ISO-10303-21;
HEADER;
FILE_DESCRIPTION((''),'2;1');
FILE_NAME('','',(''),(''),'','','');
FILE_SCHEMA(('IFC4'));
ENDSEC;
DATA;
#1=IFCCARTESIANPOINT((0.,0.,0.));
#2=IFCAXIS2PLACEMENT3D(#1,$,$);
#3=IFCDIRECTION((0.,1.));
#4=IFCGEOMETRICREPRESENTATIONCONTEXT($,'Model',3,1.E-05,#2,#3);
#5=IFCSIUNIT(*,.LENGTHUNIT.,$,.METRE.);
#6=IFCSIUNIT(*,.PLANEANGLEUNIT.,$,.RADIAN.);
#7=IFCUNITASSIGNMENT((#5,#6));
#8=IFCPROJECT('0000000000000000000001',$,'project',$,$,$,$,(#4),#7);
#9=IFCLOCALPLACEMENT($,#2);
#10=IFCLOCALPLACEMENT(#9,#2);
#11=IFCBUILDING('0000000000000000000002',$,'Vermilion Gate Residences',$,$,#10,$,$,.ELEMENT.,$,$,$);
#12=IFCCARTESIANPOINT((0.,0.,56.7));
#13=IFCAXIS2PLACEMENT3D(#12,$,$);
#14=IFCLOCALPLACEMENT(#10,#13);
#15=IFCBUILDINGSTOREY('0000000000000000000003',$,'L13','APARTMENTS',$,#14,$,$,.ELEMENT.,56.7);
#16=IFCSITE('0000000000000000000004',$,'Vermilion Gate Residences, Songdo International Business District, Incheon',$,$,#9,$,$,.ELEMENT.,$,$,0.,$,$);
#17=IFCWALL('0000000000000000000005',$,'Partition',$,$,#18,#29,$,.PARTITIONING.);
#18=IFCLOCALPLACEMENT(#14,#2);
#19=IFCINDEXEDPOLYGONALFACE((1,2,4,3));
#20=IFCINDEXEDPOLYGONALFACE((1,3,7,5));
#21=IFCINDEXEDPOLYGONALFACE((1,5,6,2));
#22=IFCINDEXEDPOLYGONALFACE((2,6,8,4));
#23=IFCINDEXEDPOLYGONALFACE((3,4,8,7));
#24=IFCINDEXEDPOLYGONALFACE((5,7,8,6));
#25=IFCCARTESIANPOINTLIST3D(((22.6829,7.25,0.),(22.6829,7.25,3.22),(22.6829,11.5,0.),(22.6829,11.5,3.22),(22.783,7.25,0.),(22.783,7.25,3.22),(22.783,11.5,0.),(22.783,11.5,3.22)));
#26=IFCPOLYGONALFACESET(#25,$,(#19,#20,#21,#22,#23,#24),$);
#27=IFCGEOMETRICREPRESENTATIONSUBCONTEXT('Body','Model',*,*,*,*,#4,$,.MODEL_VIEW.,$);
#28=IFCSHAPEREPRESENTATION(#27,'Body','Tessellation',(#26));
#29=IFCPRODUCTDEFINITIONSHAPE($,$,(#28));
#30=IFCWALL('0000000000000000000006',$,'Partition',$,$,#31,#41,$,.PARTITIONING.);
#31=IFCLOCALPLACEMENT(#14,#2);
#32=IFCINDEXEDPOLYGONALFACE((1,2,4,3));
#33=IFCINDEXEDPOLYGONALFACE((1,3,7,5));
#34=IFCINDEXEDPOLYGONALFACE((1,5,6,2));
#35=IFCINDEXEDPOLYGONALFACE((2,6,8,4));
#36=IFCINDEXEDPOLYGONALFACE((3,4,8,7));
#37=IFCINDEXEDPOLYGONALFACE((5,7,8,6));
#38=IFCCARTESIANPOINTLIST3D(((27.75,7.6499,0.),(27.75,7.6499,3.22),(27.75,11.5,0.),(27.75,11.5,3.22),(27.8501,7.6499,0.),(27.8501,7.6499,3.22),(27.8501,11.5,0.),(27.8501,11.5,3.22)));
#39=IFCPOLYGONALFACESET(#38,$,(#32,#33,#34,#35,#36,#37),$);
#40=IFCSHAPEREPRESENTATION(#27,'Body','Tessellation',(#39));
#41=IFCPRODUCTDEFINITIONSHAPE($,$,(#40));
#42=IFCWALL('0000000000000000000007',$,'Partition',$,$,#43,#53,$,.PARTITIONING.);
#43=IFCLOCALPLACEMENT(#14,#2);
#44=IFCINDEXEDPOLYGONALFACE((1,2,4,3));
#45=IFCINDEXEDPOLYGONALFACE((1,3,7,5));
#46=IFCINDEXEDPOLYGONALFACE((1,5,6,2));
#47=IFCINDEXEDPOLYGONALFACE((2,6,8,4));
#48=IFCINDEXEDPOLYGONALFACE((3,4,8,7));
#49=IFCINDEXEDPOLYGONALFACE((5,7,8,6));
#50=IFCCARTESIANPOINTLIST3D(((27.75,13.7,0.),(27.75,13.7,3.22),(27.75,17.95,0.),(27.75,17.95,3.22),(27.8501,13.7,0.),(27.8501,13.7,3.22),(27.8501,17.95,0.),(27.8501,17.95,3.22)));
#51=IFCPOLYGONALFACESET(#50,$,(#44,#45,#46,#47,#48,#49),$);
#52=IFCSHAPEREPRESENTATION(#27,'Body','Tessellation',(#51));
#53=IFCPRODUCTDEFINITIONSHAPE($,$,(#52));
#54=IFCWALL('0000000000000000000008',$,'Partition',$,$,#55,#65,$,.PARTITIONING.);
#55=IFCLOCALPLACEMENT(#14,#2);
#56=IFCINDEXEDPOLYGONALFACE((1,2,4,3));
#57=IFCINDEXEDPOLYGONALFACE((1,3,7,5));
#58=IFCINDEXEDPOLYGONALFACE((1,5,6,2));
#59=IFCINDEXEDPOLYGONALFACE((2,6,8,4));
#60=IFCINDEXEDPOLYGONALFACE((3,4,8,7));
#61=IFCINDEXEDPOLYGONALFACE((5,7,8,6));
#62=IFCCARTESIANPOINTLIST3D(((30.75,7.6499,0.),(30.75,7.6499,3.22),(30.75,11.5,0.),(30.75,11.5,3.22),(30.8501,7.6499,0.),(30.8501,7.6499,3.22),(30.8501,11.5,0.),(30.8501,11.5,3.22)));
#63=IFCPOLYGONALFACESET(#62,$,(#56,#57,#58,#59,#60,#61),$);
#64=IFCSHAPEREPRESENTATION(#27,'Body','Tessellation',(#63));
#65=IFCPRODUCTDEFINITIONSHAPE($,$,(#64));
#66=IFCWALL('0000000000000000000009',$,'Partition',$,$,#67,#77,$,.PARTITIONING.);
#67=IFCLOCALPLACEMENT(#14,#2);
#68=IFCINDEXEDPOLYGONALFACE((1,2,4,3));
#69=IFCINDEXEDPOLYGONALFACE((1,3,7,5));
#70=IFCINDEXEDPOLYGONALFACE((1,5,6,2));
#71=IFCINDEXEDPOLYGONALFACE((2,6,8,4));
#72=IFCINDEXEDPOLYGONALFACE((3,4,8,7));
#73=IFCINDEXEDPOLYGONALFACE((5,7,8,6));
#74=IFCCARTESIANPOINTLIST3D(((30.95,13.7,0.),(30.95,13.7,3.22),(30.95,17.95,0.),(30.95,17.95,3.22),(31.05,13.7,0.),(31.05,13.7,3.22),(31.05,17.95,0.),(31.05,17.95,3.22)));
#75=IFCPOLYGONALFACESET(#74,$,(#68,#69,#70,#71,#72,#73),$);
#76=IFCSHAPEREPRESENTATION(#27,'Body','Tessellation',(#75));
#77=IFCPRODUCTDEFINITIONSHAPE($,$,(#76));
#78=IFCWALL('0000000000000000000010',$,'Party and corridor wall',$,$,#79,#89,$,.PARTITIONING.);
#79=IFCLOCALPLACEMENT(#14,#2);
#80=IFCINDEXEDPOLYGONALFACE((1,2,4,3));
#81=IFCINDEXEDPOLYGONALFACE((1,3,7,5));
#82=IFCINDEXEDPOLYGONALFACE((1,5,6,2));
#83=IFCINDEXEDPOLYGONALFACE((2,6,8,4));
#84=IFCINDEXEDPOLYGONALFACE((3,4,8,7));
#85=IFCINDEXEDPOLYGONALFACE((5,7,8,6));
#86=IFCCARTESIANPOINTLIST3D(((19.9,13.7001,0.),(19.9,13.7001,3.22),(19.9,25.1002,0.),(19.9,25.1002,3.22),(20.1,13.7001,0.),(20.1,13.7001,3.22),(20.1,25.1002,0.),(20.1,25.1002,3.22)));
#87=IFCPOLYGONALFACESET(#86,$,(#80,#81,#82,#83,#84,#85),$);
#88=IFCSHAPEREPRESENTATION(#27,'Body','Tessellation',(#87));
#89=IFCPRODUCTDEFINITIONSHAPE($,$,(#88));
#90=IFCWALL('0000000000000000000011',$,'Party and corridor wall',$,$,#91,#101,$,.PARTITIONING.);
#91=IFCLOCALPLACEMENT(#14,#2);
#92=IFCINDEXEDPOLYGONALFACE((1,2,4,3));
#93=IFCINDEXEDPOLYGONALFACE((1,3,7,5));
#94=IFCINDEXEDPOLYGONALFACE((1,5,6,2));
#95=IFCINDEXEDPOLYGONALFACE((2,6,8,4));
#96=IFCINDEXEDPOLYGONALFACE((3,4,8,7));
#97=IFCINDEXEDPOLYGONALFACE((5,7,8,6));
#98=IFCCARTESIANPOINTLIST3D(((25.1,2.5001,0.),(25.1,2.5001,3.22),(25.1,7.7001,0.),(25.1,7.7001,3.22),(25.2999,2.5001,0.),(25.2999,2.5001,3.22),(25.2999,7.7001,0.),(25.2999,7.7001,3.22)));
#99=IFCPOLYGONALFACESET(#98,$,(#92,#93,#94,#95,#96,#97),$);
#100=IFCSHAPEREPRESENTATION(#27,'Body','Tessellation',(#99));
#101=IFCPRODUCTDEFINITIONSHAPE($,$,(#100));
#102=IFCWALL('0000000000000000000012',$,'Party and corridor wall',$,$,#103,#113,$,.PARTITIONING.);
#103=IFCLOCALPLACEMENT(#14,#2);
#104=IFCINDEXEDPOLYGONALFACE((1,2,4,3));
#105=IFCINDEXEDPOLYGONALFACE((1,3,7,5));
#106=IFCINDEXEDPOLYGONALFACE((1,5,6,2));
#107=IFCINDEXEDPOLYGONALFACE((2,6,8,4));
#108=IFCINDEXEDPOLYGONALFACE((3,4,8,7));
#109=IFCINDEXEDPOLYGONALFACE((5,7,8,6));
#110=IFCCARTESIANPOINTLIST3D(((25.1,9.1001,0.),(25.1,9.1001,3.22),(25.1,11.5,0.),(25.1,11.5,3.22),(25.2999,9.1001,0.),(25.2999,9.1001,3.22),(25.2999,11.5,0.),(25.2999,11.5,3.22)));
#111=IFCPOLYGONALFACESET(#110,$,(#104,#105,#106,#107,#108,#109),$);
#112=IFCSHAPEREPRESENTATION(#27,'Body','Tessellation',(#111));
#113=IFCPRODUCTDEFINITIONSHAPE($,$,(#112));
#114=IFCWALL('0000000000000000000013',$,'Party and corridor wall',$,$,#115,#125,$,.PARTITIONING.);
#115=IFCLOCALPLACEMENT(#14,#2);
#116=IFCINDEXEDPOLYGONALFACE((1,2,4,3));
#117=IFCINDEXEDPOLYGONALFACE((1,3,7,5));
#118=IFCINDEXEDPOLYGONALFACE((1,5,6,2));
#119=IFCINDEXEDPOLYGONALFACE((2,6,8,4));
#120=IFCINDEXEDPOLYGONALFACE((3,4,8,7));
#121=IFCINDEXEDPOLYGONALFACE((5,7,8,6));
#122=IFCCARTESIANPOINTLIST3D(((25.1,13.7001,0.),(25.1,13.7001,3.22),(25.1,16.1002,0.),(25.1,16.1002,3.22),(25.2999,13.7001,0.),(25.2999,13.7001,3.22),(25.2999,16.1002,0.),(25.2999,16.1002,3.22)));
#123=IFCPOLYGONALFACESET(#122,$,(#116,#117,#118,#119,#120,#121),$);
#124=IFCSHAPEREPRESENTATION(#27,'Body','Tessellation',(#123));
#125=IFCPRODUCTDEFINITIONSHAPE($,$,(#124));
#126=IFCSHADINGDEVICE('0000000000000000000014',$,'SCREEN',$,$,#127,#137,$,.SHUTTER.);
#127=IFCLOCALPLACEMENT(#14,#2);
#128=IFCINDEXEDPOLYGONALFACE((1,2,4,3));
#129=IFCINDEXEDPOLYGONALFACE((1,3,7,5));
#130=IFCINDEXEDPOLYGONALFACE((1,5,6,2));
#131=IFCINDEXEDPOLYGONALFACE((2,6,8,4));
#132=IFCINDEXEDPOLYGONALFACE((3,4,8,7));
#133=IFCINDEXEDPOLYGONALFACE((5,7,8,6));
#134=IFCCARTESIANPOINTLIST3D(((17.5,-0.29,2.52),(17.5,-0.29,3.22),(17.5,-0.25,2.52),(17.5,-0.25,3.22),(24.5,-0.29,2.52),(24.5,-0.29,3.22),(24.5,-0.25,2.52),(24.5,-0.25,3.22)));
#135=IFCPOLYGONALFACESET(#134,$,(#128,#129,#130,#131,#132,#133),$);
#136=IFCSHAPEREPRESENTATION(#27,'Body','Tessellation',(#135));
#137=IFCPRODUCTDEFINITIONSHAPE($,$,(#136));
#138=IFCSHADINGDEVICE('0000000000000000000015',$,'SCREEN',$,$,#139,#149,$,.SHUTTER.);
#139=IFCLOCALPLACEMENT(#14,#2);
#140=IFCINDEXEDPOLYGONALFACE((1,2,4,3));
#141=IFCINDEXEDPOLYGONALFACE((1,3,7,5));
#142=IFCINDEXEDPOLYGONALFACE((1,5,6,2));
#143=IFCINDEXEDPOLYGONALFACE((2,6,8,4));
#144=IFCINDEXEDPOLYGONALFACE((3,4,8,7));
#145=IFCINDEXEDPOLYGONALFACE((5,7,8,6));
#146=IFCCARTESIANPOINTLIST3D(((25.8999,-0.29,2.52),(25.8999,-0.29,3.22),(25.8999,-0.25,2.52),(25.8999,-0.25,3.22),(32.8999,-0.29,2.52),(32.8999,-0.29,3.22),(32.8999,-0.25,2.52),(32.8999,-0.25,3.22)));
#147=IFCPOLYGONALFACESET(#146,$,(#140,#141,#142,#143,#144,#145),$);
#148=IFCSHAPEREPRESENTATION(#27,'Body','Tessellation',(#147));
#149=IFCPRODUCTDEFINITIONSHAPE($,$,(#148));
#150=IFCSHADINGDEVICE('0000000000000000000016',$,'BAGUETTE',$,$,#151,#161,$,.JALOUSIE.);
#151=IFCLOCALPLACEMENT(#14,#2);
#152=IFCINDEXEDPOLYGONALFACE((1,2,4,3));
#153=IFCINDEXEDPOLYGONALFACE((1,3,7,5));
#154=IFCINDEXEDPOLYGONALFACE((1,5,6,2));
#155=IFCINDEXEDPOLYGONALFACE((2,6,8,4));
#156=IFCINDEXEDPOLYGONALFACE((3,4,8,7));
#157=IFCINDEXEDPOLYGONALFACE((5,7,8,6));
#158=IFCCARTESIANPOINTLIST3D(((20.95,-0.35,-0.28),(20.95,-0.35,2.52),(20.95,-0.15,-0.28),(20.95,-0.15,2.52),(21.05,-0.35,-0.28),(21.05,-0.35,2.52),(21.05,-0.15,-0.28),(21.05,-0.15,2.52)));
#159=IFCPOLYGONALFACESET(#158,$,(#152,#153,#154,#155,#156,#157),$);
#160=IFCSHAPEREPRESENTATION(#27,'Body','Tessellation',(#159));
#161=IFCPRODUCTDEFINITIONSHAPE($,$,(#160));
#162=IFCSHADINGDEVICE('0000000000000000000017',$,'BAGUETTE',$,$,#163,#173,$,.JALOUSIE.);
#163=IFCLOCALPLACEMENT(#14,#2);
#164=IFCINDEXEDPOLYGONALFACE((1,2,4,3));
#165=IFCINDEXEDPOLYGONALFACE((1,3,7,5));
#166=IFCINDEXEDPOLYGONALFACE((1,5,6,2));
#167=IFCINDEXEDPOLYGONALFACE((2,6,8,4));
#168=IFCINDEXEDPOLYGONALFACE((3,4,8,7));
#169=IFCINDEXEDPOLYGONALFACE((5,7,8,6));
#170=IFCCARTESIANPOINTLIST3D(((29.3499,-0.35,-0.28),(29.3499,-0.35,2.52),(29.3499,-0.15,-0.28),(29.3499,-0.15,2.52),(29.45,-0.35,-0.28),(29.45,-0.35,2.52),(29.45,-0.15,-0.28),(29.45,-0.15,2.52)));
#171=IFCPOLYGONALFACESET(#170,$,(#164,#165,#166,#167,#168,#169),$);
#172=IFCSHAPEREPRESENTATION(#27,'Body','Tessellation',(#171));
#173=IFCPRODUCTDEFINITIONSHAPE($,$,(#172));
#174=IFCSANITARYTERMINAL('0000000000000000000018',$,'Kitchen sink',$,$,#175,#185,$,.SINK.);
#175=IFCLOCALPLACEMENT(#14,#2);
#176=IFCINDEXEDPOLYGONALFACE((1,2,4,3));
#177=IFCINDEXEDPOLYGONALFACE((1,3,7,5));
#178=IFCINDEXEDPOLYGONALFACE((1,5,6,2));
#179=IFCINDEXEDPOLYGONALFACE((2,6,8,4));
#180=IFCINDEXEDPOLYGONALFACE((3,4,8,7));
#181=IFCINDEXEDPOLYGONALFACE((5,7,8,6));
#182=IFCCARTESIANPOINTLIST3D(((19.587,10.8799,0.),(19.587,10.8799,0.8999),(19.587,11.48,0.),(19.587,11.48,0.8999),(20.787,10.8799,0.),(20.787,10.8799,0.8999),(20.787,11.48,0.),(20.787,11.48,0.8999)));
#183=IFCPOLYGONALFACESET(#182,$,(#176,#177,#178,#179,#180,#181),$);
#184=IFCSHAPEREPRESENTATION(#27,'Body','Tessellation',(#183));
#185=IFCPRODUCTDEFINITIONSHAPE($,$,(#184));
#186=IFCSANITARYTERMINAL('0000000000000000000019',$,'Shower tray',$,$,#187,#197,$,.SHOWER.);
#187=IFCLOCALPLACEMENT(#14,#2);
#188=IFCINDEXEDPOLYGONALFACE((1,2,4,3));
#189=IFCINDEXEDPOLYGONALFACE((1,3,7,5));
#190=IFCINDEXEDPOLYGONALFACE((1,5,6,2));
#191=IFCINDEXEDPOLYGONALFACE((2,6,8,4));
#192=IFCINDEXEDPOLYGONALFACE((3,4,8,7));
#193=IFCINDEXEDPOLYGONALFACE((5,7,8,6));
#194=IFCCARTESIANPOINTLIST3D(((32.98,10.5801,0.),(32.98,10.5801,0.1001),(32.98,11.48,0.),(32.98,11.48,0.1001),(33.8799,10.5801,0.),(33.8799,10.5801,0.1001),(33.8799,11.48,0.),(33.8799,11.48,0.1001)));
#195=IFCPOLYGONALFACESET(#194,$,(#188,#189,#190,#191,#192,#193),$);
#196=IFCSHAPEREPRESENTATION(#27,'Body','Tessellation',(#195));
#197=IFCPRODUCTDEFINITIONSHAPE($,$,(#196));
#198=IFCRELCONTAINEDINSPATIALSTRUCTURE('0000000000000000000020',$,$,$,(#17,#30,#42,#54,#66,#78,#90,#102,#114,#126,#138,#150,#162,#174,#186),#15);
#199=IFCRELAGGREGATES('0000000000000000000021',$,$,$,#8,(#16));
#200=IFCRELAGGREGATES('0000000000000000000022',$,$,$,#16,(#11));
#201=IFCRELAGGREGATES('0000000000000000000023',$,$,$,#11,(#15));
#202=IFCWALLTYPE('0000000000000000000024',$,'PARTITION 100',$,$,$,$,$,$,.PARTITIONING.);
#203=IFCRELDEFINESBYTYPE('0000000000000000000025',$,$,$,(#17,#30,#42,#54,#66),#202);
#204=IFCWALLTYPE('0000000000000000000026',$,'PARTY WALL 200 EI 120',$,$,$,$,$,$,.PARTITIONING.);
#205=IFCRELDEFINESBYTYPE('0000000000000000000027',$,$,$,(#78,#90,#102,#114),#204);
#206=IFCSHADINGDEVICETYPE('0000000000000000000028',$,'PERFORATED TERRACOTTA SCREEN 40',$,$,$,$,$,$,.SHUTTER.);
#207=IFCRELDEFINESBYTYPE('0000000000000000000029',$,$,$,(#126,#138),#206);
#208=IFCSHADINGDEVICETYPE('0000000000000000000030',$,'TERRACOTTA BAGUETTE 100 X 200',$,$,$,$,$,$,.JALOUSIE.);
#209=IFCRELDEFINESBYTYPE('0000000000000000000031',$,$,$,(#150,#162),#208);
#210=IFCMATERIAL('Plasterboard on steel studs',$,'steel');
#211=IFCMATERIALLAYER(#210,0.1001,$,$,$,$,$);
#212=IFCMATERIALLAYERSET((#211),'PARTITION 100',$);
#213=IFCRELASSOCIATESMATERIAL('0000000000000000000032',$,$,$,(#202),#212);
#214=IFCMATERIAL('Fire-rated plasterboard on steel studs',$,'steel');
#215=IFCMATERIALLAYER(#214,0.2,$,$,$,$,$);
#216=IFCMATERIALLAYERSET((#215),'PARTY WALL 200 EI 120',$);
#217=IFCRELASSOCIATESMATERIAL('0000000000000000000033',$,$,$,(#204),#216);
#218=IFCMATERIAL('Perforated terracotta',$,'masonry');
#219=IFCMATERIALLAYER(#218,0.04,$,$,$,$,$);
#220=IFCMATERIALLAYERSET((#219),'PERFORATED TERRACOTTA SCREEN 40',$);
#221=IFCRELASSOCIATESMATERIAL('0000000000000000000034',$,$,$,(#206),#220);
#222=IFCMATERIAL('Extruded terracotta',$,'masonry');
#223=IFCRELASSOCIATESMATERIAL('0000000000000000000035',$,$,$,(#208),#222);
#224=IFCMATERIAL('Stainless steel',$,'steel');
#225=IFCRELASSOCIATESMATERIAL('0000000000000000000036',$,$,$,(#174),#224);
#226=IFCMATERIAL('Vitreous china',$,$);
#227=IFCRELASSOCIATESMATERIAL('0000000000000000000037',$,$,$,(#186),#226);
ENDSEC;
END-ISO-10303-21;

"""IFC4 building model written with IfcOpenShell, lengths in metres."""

from ifc_helpers import new_model, si_unit, direction, frame, frame_2d, origin, origin_2d, place, context, subcontext, project, spatial, rectangle, extrude, material, layer, layer_set, material_profile, profile_set, type_object, element, save


model = new_model("IFC4")

# Units and contexts
model_context = context("Model", 3, precision=1e-05, world=origin(), true_north=direction((0.0, 1.0)))
body_context = subcontext(model_context, "Body", "Model", "MODEL_VIEW")
ifc_project = project(units=[si_unit("LENGTHUNIT", "METRE"), si_unit("PLANEANGLEUNIT", "RADIAN")], contexts=[model_context])

# Site, building, storey
site_placement = place(None, origin())
site = spatial("IfcSite", under=ifc_project, at=site_placement, Name="Vermilion Gate Residences, Songdo International Business District, Incheon", CompositionType="ELEMENT", RefElevation=0.0)
building_placement = place(site_placement, origin())
building = spatial("IfcBuilding", under=site, at=building_placement, Name="Vermilion Gate Residences", CompositionType="ELEMENT")
storey_placement = place(building_placement, frame((0.0, 0.0, 56.7)))
storey = spatial("IfcBuildingStorey", under=building, at=storey_placement, Name="L13", Description="APARTMENTS", CompositionType="ELEMENT", Elevation=56.7)

# Shared definitions
ifc_material_1 = material(Name="Plasterboard on steel studs", Category="steel")
ifc_layer_1 = layer(ifc_material_1, 0.1001)
ifc_layer_set_1 = layer_set([ifc_layer_1], Name="PARTITION 100")
wall_type_1 = type_object("IfcWallType", Name="PARTITION 100", PredefinedType="PARTITIONING", material=ifc_layer_set_1)

# Walls
wall_1_placement = place(storey_placement, frame((22.7329, 7.25, 0.0), z_axis=(0.0, 0.0, 1.0), x_axis=(0.0, 1.0, 0.0)))
element("IfcWall", 1, at=wall_1_placement, inside=storey, type_object=wall_type_1, Name="Partition", PredefinedType="PARTITIONING", context=body_context, shape_type="SweptSolid", body=[
    extrude(rectangle(XDim=4.25, YDim=0.1001, at=frame_2d((2.125, 0.0))), origin(), (0.0, 0.0, 1.0), 3.22),
])
wall_2_placement = place(storey_placement, frame((27.8, 7.6499, 0.0), z_axis=(0.0, 0.0, 1.0), x_axis=(0.0, 1.0, 0.0)))
element("IfcWall", 2, at=wall_2_placement, inside=storey, type_object=wall_type_1, Name="Partition", PredefinedType="PARTITIONING", context=body_context, shape_type="SweptSolid", body=[
    extrude(rectangle(XDim=3.8501, YDim=0.1001, at=frame_2d((1.925, 0.0))), origin(), (0.0, 0.0, 1.0), 3.22),
])
wall_3_placement = place(storey_placement, frame((27.8, 13.7, 0.0), z_axis=(0.0, 0.0, 1.0), x_axis=(0.0, 1.0, 0.0)))
element("IfcWall", 3, at=wall_3_placement, inside=storey, type_object=wall_type_1, Name="Partition", PredefinedType="PARTITIONING", context=body_context, shape_type="SweptSolid", body=[
    extrude(rectangle(XDim=4.25, YDim=0.1001, at=frame_2d((2.125, 0.0))), origin(), (0.0, 0.0, 1.0), 3.22),
])
wall_4_placement = place(storey_placement, frame((30.8, 7.6499, 0.0), z_axis=(0.0, 0.0, 1.0), x_axis=(0.0, 1.0, 0.0)))
element("IfcWall", 4, at=wall_4_placement, inside=storey, type_object=wall_type_1, Name="Partition", PredefinedType="PARTITIONING", context=body_context, shape_type="SweptSolid", body=[
    extrude(rectangle(XDim=3.8501, YDim=0.1001, at=frame_2d((1.925, 0.0))), origin(), (0.0, 0.0, 1.0), 3.22),
])
wall_5_placement = place(storey_placement, frame((31.0, 13.7, 0.0), z_axis=(0.0, 0.0, 1.0), x_axis=(0.0, 1.0, 0.0)))
element("IfcWall", 5, at=wall_5_placement, inside=storey, type_object=wall_type_1, Name="Partition", PredefinedType="PARTITIONING", context=body_context, shape_type="SweptSolid", body=[
    extrude(rectangle(XDim=4.25, YDim=0.1001, at=frame_2d((2.125, 0.0))), origin(), (0.0, 0.0, 1.0), 3.22),
])
ifc_material_2 = material(Name="Fire-rated plasterboard on steel studs", Category="steel")
ifc_layer_2 = layer(ifc_material_2, 0.2)
ifc_layer_set_2 = layer_set([ifc_layer_2], Name="PARTY WALL 200 EI 120")
wall_type_2 = type_object("IfcWallType", Name="PARTY WALL 200 EI 120", PredefinedType="PARTITIONING", material=ifc_layer_set_2)
wall_6_placement = place(storey_placement, frame((20.0, 13.7, 0.0), z_axis=(0.0, 0.0, 1.0), x_axis=(0.0, 1.0, 0.0)))
element("IfcWall", 6, at=wall_6_placement, inside=storey, type_object=wall_type_2, Name="Party and corridor wall", PredefinedType="PARTITIONING", context=body_context, shape_type="SweptSolid", body=[
    extrude(rectangle(XDim=11.4001, YDim=0.2, at=frame_2d((5.7002, 0.0))), origin(), (0.0, 0.0, 1.0), 3.22),
])
wall_7_placement = place(storey_placement, frame((25.2, 2.5, 0.0), z_axis=(0.0, 0.0, 1.0), x_axis=(0.0, 1.0, 0.0)))
element("IfcWall", 7, at=wall_7_placement, inside=storey, type_object=wall_type_2, Name="Party and corridor wall", PredefinedType="PARTITIONING", context=body_context, shape_type="SweptSolid", body=[
    extrude(rectangle(XDim=5.2, YDim=0.2, at=frame_2d((2.6001, 0.0))), origin(), (0.0, 0.0, 1.0), 3.22),
])
wall_8_placement = place(storey_placement, frame((25.2, 9.1001, 0.0), z_axis=(0.0, 0.0, 1.0), x_axis=(0.0, 1.0, 0.0)))
element("IfcWall", 8, at=wall_8_placement, inside=storey, type_object=wall_type_2, Name="Party and corridor wall", PredefinedType="PARTITIONING", context=body_context, shape_type="SweptSolid", body=[
    extrude(rectangle(XDim=2.3999, YDim=0.2, at=frame_2d((1.2, 0.0))), origin(), (0.0, 0.0, 1.0), 3.22),
])
wall_9_placement = place(storey_placement, frame((25.2, 13.7, 0.0), z_axis=(0.0, 0.0, 1.0), x_axis=(0.0, 1.0, 0.0)))
element("IfcWall", 9, at=wall_9_placement, inside=storey, type_object=wall_type_2, Name="Party and corridor wall", PredefinedType="PARTITIONING", context=body_context, shape_type="SweptSolid", body=[
    extrude(rectangle(XDim=2.4001, YDim=0.2, at=frame_2d((1.2002, 0.0))), origin(), (0.0, 0.0, 1.0), 3.22),
])

# Shading devices
ifc_material_3 = material(Name="Perforated terracotta", Category="masonry")
ifc_layer_3 = layer(ifc_material_3, 0.04)
ifc_layer_set_3 = layer_set([ifc_layer_3], Name="PERFORATED TERRACOTTA SCREEN 40")
shading_device_type_1 = type_object("IfcShadingDeviceType", Name="PERFORATED TERRACOTTA SCREEN 40", PredefinedType="SHUTTER", material=ifc_layer_set_3)
for number, where, z_axis, x_axis, name in (
    (10, (21.0, -0.27, 2.52), (0.0, 0.0, 1.0), (1.0, 0.0, 0.0), "SCREEN"),
    (11, (29.3999, -0.27, 2.52), (0.0, 0.0, 1.0), (1.0, 0.0, 0.0), "SCREEN"),
):
    element("IfcShadingDevice", number, at=place(storey_placement, frame(where, z_axis=z_axis, x_axis=x_axis)), inside=storey, type_object=shading_device_type_1, Name=name, PredefinedType="SHUTTER", context=body_context, shape_type="SweptSolid", body=[
        extrude(rectangle(XDim=7.0, YDim=0.04, at=origin_2d()), origin(), (0.0, 0.0, 1.0), 0.7),
    ])
ifc_material_4 = material(Name="Extruded terracotta", Category="masonry")
ifc_material_profile_1 = material_profile(ifc_material_4, rectangle(XDim=0.2, YDim=0.1001, at=origin_2d()), Name="BAGUETTE 100 X 200")
ifc_profile_set_1 = profile_set([ifc_material_profile_1], Name="Extruded terracotta")
shading_device_type_2 = type_object("IfcShadingDeviceType", Name="TERRACOTTA BAGUETTE 100 X 200", PredefinedType="JALOUSIE", material=ifc_profile_set_1)
for number, where, z_axis, x_axis, name in (
    (12, (21.0, -0.25, -0.28), (0.0, 0.0, 1.0), (0.0, 1.0, 0.0), "BAGUETTE"),
    (13, (29.3999, -0.25, -0.28), (0.0, 0.0, 1.0), (0.0, 1.0, 0.0), "BAGUETTE"),
):
    element("IfcShadingDevice", number, at=place(storey_placement, frame(where, z_axis=z_axis, x_axis=x_axis)), inside=storey, type_object=shading_device_type_2, Name=name, PredefinedType="JALOUSIE", context=body_context, shape_type="SweptSolid", body=[
        extrude(rectangle(XDim=0.2, YDim=0.1001, at=origin_2d()), origin(), (0.0, 0.0, 1.0), 2.8),
    ])

# Sanitary terminals
ifc_material_5 = material(Name="Stainless steel", Category="steel")
sanitary_terminal_1_placement = place(storey_placement, frame((20.187, 11.1799, 0.0), z_axis=(0.0, 0.0, 1.0), x_axis=(1.0, 0.0, 0.0)))
element("IfcSanitaryTerminal", 14, at=sanitary_terminal_1_placement, inside=storey, material=ifc_material_5, Name="Kitchen sink", PredefinedType="SINK", context=body_context, shape_type="SweptSolid", body=[
    extrude(rectangle(XDim=1.2, YDim=0.6001, at=origin_2d()), origin(), (0.0, 0.0, 1.0), 0.8999),
])
ifc_material_6 = material(Name="Vitreous china")
sanitary_terminal_2_placement = place(storey_placement, frame((33.4299, 11.03, 0.0), z_axis=(0.0, 0.0, 1.0), x_axis=(1.0, 0.0, 0.0)))
element("IfcSanitaryTerminal", 15, at=sanitary_terminal_2_placement, inside=storey, material=ifc_material_6, Name="Shower tray", PredefinedType="SHOWER", context=body_context, shape_type="SweptSolid", body=[
    extrude(rectangle(XDim=0.8999, YDim=0.8999, at=origin_2d()), origin(), (0.0, 0.0, 1.0), 0.1001),
])

save(model, "model.ifc")
